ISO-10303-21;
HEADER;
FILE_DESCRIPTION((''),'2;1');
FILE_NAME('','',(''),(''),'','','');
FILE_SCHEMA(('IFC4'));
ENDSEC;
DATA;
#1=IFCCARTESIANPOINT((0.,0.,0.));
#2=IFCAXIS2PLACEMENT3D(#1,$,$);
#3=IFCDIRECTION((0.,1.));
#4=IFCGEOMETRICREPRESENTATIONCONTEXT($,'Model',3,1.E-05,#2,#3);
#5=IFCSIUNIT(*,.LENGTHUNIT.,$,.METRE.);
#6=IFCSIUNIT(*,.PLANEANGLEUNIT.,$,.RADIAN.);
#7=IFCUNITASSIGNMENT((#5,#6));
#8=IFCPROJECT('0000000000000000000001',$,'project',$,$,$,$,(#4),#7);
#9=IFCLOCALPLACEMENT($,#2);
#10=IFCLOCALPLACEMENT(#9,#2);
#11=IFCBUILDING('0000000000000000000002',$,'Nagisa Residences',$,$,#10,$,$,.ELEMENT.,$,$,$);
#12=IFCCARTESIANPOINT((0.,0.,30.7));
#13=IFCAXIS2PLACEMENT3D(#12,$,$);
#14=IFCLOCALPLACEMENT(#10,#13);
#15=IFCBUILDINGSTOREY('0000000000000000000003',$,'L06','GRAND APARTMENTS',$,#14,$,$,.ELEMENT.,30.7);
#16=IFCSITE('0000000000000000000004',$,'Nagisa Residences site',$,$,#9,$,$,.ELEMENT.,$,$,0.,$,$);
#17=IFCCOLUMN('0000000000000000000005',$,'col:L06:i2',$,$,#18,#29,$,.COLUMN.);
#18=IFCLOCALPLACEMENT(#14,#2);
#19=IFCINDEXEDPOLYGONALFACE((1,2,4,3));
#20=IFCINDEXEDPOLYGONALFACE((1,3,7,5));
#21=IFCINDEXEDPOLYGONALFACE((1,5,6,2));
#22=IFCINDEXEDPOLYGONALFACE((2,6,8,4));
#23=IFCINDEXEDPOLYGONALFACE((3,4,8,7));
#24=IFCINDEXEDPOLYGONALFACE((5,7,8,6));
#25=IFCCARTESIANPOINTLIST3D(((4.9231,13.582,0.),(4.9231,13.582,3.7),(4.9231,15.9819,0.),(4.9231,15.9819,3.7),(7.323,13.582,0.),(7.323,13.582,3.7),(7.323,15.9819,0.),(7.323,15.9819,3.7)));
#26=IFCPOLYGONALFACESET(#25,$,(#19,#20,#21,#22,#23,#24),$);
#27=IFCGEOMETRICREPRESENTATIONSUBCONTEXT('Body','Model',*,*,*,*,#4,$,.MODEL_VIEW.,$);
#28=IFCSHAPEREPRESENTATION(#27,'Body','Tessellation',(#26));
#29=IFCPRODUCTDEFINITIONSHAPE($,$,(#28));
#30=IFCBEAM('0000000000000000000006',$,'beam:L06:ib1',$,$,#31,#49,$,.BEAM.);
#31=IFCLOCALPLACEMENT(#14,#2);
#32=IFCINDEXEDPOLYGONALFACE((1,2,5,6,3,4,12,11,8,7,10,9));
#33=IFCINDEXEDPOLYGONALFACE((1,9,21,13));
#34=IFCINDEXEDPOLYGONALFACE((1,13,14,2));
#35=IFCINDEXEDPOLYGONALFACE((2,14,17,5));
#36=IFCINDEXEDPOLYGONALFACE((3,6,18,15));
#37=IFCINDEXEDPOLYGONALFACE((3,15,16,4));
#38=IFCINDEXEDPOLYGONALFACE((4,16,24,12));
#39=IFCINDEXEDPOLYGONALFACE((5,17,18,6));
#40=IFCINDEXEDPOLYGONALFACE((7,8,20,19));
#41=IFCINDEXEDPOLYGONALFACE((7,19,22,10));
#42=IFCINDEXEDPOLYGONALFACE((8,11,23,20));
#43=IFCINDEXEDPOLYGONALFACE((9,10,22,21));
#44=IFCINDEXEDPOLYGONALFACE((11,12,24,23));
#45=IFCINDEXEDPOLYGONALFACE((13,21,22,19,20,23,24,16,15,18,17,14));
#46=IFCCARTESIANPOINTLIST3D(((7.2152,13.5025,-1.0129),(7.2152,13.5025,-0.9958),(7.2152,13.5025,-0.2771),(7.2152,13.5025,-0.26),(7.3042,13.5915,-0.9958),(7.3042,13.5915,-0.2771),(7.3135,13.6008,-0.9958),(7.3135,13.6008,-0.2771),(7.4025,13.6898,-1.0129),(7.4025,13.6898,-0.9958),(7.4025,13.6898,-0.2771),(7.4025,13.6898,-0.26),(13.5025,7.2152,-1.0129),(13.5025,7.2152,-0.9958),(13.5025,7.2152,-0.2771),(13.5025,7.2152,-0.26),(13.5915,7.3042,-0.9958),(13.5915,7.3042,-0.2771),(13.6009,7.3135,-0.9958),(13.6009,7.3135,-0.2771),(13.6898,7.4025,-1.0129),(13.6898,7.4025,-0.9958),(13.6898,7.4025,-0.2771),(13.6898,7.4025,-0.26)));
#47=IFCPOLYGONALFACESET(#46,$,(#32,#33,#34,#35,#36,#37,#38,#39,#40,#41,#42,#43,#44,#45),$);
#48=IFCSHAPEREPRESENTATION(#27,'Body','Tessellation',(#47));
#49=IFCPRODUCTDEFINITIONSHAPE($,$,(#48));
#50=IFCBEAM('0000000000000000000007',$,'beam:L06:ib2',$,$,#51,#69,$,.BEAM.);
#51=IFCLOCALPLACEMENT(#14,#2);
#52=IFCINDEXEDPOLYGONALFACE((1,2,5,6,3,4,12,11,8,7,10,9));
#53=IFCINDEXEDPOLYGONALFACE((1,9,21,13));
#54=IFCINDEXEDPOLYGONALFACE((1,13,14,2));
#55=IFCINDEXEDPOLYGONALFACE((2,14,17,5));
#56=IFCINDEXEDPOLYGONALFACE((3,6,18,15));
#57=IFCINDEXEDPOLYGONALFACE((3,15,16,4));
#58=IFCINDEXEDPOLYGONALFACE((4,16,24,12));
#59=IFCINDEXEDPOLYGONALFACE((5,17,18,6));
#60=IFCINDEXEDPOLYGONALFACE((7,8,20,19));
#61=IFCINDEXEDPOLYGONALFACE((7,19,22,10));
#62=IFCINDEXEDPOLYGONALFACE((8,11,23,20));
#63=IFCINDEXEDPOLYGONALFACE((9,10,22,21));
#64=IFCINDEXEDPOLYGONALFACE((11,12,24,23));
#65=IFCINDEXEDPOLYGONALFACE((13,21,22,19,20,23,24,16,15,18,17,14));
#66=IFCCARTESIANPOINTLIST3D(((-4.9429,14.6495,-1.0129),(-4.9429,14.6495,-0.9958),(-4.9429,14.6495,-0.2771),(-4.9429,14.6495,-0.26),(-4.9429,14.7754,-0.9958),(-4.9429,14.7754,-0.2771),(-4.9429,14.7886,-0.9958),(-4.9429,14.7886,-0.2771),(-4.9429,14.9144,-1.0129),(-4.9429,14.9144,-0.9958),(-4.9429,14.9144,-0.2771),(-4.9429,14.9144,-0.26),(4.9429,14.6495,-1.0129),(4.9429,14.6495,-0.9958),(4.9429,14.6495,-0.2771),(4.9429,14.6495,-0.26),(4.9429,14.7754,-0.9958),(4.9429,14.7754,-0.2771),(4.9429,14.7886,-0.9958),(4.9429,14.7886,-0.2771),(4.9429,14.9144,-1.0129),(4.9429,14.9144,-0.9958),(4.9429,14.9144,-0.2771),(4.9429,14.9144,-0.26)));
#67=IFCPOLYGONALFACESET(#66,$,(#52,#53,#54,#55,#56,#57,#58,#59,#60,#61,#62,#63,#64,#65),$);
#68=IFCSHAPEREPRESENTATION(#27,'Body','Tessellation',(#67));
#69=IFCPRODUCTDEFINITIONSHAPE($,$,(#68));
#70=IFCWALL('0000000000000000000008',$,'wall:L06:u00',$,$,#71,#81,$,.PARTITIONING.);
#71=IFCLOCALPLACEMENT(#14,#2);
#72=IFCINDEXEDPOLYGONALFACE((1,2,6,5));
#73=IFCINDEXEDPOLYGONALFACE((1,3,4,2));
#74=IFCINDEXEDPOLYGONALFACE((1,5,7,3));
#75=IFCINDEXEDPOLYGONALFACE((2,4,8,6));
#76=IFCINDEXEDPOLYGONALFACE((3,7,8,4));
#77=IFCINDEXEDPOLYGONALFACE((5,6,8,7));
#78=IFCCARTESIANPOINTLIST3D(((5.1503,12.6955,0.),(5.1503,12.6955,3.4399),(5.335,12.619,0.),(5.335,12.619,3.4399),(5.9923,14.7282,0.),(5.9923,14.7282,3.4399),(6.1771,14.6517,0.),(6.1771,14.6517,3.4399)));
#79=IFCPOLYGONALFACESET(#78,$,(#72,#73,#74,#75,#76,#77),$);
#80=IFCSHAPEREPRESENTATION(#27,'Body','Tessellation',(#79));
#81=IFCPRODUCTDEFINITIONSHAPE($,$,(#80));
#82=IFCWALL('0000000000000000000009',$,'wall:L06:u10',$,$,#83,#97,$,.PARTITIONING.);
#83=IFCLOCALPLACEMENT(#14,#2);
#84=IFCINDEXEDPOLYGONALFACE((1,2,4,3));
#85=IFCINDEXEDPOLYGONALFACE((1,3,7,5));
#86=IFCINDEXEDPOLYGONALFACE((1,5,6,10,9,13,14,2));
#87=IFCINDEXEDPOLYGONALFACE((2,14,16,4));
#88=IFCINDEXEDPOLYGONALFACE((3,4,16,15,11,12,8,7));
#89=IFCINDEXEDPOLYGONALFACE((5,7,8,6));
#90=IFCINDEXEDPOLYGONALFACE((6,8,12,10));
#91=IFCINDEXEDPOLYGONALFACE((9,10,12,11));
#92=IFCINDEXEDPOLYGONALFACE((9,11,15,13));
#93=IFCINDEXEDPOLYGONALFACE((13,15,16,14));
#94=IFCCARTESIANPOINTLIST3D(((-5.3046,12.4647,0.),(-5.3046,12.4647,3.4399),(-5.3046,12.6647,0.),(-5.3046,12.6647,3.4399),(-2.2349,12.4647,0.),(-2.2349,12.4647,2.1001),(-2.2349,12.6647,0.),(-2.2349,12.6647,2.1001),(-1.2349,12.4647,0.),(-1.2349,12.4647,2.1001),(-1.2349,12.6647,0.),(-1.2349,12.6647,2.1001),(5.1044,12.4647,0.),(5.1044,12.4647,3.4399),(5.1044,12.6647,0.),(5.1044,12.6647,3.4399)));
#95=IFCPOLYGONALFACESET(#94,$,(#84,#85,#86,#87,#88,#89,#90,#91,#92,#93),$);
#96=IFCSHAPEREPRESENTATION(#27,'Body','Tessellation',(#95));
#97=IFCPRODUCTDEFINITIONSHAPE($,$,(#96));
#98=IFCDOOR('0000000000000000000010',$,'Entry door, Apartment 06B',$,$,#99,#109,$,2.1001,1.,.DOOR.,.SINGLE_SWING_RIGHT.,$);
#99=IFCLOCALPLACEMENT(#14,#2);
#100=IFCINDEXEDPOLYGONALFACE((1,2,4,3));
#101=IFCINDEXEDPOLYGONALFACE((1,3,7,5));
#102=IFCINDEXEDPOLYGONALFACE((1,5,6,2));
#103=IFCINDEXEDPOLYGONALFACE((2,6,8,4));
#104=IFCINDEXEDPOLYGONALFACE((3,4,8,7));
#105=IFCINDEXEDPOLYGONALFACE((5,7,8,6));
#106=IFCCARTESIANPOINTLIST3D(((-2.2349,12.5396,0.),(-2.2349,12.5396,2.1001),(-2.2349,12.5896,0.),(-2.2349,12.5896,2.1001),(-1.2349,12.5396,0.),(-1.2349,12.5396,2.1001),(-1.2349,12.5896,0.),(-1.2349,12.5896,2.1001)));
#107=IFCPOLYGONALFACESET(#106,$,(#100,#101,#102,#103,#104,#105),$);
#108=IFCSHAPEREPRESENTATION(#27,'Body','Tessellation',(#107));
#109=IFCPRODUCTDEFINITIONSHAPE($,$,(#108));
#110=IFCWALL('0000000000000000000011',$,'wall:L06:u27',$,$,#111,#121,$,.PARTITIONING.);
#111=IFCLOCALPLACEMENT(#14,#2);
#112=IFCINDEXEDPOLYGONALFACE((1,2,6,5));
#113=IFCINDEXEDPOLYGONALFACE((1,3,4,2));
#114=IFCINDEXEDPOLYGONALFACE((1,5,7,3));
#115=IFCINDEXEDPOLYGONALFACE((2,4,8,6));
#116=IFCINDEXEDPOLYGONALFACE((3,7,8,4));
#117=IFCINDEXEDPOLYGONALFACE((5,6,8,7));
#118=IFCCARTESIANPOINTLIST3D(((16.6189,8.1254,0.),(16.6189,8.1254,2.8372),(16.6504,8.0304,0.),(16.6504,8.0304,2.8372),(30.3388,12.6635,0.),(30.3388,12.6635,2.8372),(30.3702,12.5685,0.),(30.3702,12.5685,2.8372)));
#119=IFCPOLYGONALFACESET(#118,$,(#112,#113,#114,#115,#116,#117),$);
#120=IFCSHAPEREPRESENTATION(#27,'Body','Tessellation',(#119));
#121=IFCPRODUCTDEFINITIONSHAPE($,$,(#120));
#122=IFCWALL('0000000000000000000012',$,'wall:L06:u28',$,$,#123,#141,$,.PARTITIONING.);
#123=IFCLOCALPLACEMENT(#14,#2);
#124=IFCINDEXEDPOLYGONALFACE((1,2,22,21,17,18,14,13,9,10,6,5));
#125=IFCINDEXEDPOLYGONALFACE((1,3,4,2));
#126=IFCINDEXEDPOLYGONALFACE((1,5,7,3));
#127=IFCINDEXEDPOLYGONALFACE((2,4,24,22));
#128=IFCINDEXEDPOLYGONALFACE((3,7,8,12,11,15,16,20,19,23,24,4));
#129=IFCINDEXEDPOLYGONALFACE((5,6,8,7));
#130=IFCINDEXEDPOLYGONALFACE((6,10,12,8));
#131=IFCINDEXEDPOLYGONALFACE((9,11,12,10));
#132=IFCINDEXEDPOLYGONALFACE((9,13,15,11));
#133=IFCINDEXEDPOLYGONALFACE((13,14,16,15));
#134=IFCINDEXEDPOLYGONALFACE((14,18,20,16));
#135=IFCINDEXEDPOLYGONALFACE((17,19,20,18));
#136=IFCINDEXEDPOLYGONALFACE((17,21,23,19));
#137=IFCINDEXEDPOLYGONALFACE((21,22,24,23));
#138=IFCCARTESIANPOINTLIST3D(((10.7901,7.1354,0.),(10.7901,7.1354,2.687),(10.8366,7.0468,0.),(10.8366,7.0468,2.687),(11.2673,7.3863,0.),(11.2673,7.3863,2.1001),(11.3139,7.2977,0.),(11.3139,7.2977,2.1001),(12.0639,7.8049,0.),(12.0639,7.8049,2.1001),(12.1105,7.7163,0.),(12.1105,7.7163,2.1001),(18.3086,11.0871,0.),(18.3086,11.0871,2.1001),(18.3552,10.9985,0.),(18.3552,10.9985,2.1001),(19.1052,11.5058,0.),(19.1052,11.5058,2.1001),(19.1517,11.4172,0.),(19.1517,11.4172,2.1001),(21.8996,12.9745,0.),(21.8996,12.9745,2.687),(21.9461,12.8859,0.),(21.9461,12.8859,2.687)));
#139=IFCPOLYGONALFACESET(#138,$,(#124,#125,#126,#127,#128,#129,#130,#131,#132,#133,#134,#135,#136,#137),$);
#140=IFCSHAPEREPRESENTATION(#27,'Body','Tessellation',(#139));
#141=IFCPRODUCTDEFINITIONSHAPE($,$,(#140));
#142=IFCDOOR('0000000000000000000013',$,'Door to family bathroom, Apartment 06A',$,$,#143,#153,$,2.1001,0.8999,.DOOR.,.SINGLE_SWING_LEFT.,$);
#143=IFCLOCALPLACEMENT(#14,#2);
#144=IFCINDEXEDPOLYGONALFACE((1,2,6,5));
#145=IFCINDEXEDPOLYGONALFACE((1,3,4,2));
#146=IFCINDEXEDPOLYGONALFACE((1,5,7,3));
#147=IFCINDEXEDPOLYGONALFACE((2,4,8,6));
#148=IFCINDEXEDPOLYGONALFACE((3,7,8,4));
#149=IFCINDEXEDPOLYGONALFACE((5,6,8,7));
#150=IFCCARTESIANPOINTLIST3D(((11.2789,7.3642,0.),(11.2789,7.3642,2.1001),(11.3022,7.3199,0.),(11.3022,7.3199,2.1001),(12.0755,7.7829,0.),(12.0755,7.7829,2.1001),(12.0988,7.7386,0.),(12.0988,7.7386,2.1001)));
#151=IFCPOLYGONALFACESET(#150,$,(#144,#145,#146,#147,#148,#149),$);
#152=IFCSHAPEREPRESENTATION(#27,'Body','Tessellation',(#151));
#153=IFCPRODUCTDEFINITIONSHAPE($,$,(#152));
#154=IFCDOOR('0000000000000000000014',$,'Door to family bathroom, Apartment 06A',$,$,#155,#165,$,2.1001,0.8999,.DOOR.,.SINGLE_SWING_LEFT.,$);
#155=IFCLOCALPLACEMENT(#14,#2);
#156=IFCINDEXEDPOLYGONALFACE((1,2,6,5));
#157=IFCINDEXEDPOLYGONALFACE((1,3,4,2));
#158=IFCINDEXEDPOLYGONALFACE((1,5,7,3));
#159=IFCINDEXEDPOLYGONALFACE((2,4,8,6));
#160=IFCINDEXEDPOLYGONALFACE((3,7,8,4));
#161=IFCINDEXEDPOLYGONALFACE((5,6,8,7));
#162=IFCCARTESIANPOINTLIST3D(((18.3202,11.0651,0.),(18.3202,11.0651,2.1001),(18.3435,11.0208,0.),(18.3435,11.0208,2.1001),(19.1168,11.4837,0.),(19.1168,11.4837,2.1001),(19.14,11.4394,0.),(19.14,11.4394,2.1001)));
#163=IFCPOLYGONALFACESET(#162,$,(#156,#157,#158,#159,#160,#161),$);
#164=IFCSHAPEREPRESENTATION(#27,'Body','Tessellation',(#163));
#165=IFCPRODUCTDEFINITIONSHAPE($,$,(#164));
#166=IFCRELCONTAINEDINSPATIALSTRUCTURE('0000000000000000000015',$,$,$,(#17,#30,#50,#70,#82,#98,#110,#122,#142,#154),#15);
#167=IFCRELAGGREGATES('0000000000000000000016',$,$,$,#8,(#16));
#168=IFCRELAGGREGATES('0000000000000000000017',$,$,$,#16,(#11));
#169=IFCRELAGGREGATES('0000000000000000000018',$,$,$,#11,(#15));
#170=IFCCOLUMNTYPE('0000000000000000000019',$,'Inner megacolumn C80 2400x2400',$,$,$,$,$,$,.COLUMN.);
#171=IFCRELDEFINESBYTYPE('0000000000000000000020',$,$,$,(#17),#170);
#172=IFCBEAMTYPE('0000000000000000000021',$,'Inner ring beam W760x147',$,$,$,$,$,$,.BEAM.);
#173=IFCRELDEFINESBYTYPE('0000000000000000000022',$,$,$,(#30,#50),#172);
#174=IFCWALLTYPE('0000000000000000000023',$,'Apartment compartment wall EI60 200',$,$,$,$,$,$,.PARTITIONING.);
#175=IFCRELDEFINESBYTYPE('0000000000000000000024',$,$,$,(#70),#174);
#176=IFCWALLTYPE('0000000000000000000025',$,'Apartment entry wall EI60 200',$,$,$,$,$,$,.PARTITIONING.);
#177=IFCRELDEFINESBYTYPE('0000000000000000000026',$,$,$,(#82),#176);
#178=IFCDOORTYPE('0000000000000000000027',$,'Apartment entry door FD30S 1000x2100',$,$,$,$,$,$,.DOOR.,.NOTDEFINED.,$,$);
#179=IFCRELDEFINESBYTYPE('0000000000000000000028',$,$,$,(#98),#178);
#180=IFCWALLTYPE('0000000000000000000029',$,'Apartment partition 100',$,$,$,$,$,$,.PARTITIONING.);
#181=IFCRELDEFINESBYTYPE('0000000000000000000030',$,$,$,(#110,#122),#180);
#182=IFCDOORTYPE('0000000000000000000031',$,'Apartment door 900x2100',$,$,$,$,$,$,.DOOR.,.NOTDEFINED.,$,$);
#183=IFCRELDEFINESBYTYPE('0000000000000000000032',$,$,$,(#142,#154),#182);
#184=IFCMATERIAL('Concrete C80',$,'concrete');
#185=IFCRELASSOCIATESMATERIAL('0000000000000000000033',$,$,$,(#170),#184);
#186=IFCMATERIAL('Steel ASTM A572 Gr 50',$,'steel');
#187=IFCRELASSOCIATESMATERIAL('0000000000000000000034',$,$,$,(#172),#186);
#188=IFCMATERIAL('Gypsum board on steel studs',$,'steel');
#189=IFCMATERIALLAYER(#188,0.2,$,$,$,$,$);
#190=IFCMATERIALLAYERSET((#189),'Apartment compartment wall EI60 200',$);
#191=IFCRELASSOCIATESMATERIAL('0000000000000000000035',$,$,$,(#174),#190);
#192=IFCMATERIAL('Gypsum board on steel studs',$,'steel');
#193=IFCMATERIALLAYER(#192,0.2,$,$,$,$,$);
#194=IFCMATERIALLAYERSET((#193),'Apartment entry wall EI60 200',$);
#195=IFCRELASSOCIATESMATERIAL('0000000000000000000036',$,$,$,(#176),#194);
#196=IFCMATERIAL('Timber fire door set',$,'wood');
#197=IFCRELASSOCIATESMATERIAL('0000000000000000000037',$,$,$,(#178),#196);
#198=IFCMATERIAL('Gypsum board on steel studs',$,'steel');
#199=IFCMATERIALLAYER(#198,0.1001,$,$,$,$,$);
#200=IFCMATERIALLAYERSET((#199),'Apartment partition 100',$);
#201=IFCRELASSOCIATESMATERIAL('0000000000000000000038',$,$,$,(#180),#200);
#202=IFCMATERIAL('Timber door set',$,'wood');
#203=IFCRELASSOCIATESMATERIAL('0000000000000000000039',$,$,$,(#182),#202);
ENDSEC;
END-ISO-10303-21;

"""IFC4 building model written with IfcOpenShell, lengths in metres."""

from ifc_helpers import new_model, si_unit, direction, frame, frame_2d, origin, origin_2d, place, context, subcontext, project, spatial, rectangle, i_section, extrude, material, layer, layer_set, material_profile, profile_set, type_object, element, fill, save


model = new_model("IFC4")

# Units and contexts
model_context = context("Model", 3, precision=1e-05, world=origin(), true_north=direction((0.0, 1.0)))
body_context = subcontext(model_context, "Body", "Model", "MODEL_VIEW")
ifc_project = project(units=[si_unit("LENGTHUNIT", "METRE"), si_unit("PLANEANGLEUNIT", "RADIAN")], contexts=[model_context])

# Site, building, storey
site_placement = place(None, origin())
site = spatial("IfcSite", under=ifc_project, at=site_placement, Name="Nagisa Residences site", CompositionType="ELEMENT", RefElevation=0.0)
building_placement = place(site_placement, origin())
building = spatial("IfcBuilding", under=site, at=building_placement, Name="Nagisa Residences", CompositionType="ELEMENT")
storey_placement = place(building_placement, frame((0.0, 0.0, 30.7)))
storey = spatial("IfcBuildingStorey", under=building, at=storey_placement, Name="L06", Description="GRAND APARTMENTS", CompositionType="ELEMENT", Elevation=30.7)

# Column
ifc_material_1 = material(Name="Concrete C80", Category="concrete")
ifc_material_profile_1 = material_profile(ifc_material_1, rectangle(XDim=2.3999, YDim=2.3999, at=origin_2d()), Name="C80 2400x2400")
ifc_profile_set_1 = profile_set([ifc_material_profile_1], Name="Concrete C80")
column_type = type_object("IfcColumnType", Name="Inner megacolumn C80 2400x2400", PredefinedType="COLUMN", material=ifc_profile_set_1)
column_placement = place(storey_placement, frame((6.123, 14.782, 0.0), z_axis=(0.0, 0.0, 1.0), x_axis=(1.0, 0.0, 0.0)))
element("IfcColumn", 1, at=column_placement, inside=storey, type_object=column_type, Name="col:L06:i2", PredefinedType="COLUMN", context=body_context, shape_type="SweptSolid", body=[
    extrude(rectangle(XDim=2.3999, YDim=2.3999, at=origin_2d()), origin(), (0.0, 0.0, 1.0), 3.7),
])

# Beams
ifc_material_2 = material(Name="Steel ASTM A572 Gr 50", Category="steel")
ifc_material_profile_2 = material_profile(ifc_material_2, i_section(OverallWidth=0.2649, OverallDepth=0.7529, WebThickness=0.0132, FlangeThickness=0.0171, at=origin_2d()), Name="W760x147")
ifc_profile_set_2 = profile_set([ifc_material_profile_2], Name="Steel ASTM A572 Gr 50")
beam_type = type_object("IfcBeamType", Name="Inner ring beam W760x147", PredefinedType="BEAM", material=ifc_profile_set_2)
beam_1_placement = place(storey_placement, frame((13.5962, 7.3088, -0.6365), z_axis=(-0.707107, 0.707107, 0.0), x_axis=(-0.707107, -0.707107, 0.0)))
element("IfcBeam", 2, at=beam_1_placement, inside=storey, type_object=beam_type, Name="beam:L06:ib1", PredefinedType="BEAM", context=body_context, shape_type="SweptSolid", body=[
    extrude(i_section(OverallWidth=0.2649, OverallDepth=0.7529, WebThickness=0.0132, FlangeThickness=0.0171, at=origin_2d()), origin(), (0.0, 0.0, 1.0), 8.8916),
])
beam_2_placement = place(storey_placement, frame((4.9429, 14.782, -0.6365), z_axis=(-1.0, 0.0, 0.0), x_axis=(0.0, -1.0, 0.0)))
element("IfcBeam", 3, at=beam_2_placement, inside=storey, type_object=beam_type, Name="beam:L06:ib2", PredefinedType="BEAM", context=body_context, shape_type="SweptSolid", body=[
    extrude(i_section(OverallWidth=0.2649, OverallDepth=0.7529, WebThickness=0.0132, FlangeThickness=0.0171, at=origin_2d()), origin(), (0.0, 0.0, 1.0), 9.8857),
])

# Wall
ifc_material_3 = material(Name="Gypsum board on steel studs", Category="steel")
ifc_layer_1 = layer(ifc_material_3, 0.2)
ifc_layer_set_1 = layer_set([ifc_layer_1], Name="Apartment compartment wall EI60 200")
wall_type_1 = type_object("IfcWallType", Name="Apartment compartment wall EI60 200", PredefinedType="PARTITIONING", material=ifc_layer_set_1)
wall_1_placement = place(storey_placement, frame((5.2427, 12.6572, 0.0), z_axis=(0.0, 0.0, 1.0), x_axis=(0.382708, 0.923869, 0.0)))
element("IfcWall", 4, at=wall_1_placement, inside=storey, type_object=wall_type_1, Name="wall:L06:u00", PredefinedType="PARTITIONING", context=body_context, shape_type="SweptSolid", body=[
    extrude(rectangle(XDim=2.2002, YDim=0.2, at=frame_2d((1.1001, 0.0))), origin(), (0.0, 0.0, 1.0), 3.4399),
])

# Wall, opening, door
ifc_material_4 = material(Name="Gypsum board on steel studs", Category="steel")
ifc_layer_2 = layer(ifc_material_4, 0.2)
ifc_layer_set_2 = layer_set([ifc_layer_2], Name="Apartment entry wall EI60 200")
wall_type_2 = type_object("IfcWallType", Name="Apartment entry wall EI60 200", PredefinedType="PARTITIONING", material=ifc_layer_set_2)
wall_2_placement = place(storey_placement, frame((5.1045, 12.5647, 0.0), z_axis=(0.0, 0.0, 1.0), x_axis=(-1.0, 0.0, 0.0)))
wall_2 = element("IfcWall", 5, at=wall_2_placement, inside=storey, type_object=wall_type_2, Name="wall:L06:u10", PredefinedType="PARTITIONING", context=body_context, shape_type="SweptSolid", body=[
    extrude(rectangle(XDim=10.4089, YDim=0.2, at=frame_2d((5.2046, 0.0))), origin(), (0.0, 0.0, 1.0), 3.4399),
])
opening_1_placement = place(wall_2_placement, frame((6.3394, 0.0, 0.0)))
opening_1 = element("IfcOpeningElement", 6, at=opening_1_placement, cuts=wall_2, PredefinedType="OPENING", context=body_context, shape_type="SweptSolid", body=[
    extrude(rectangle(XDim=1.0, YDim=2.1001, at=frame_2d((0.5, 1.05))), frame((0.0, 0.1099, 0.0), z_axis=(0.0, -1.0, 0.0), x_axis=(1.0, 0.0, 0.0)), (0.0, 0.0, 1.0), 0.22),
])
ifc_material_5 = material(Name="Timber fire door set", Category="wood")
door_type_1 = type_object("IfcDoorType", Name="Apartment entry door FD30S 1000x2100", OperationType="NOTDEFINED", PredefinedType="DOOR", material=ifc_material_5)
door_1_placement = place(opening_1_placement, frame((1.0, 0.0, 0.0), x_axis=(-1.0, 0.0, 0.0)))
door_1 = element("IfcDoor", 7, at=door_1_placement, inside=storey, type_object=door_type_1, Name="Entry door, Apartment 06B", OperationType="SINGLE_SWING_RIGHT", OverallHeight=2.1001, OverallWidth=1.0, PredefinedType="DOOR", context=body_context, shape_type="SweptSolid", body=[
    extrude(rectangle(XDim=1.0, YDim=2.1001, at=frame_2d((0.5, 1.05))), frame((0.0, 0.0249, 0.0), z_axis=(0.0, -1.0, 0.0), x_axis=(1.0, 0.0, 0.0)), (0.0, 0.0, 1.0), 0.05),
])
fill(opening_1, door_1)

# Wall
ifc_material_6 = material(Name="Gypsum board on steel studs", Category="steel")
ifc_layer_3 = layer(ifc_material_6, 0.1001)
ifc_layer_set_3 = layer_set([ifc_layer_3], Name="Apartment partition 100")
wall_type_3 = type_object("IfcWallType", Name="Apartment partition 100", PredefinedType="PARTITIONING", material=ifc_layer_set_3)
wall_3_placement = place(storey_placement, frame((16.6345, 8.0779, 0.0), z_axis=(0.0, 0.0, 1.0), x_axis=(0.949412, 0.314032, 0.0)))
element("IfcWall", 8, at=wall_3_placement, inside=storey, type_object=wall_type_3, Name="wall:L06:u27", PredefinedType="PARTITIONING", context=body_context, shape_type="SweptSolid", body=[
    extrude(rectangle(XDim=14.4509, YDim=0.1001, at=frame_2d((7.2256, 0.0))), origin(), (0.0, 0.0, 1.0), 2.8372),
])

# Wall, openings, doors
wall_4_placement = place(storey_placement, frame((10.8132, 7.0911, 0.0), z_axis=(0.0, 0.0, 1.0), x_axis=(0.885183, 0.465244, 0.0)))
wall_4 = element("IfcWall", 9, at=wall_4_placement, inside=storey, type_object=wall_type_3, Name="wall:L06:u28", PredefinedType="PARTITIONING", context=body_context, shape_type="SweptSolid", body=[
    extrude(rectangle(XDim=12.5505, YDim=0.1001, at=frame_2d((6.2754, 0.0))), origin(), (0.0, 0.0, 1.0), 2.687),
])
opening_2_placement = place(wall_4_placement, frame((0.5393, 0.0, 0.0)))
opening_2 = element("IfcOpeningElement", 10, at=opening_2_placement, cuts=wall_4, PredefinedType="OPENING", context=body_context, shape_type="SweptSolid", body=[
    extrude(rectangle(XDim=0.8999, YDim=2.1001, at=frame_2d((0.45, 1.05))), frame((0.0, 0.0601, 0.0), z_axis=(0.0, -1.0, 0.0), x_axis=(1.0, 0.0, 0.0)), (0.0, 0.0, 1.0), 0.1201),
])
opening_3_placement = place(wall_4_placement, frame((8.4939, 0.0, 0.0)))
opening_3 = element("IfcOpeningElement", 11, at=opening_3_placement, cuts=wall_4, PredefinedType="OPENING", context=body_context, shape_type="SweptSolid", body=[
    extrude(rectangle(XDim=0.8999, YDim=2.1001, at=frame_2d((0.45, 1.05))), frame((0.0, 0.0601, 0.0), z_axis=(0.0, -1.0, 0.0), x_axis=(1.0, 0.0, 0.0)), (0.0, 0.0, 1.0), 0.1201),
])
ifc_material_7 = material(Name="Timber door set", Category="wood")
door_type_2 = type_object("IfcDoorType", Name="Apartment door 900x2100", OperationType="NOTDEFINED", PredefinedType="DOOR", material=ifc_material_7)
door_2_placement = place(opening_2_placement, frame((0.8999, 0.0, 0.0), x_axis=(-1.0, 0.0, 0.0)))
door_2 = element("IfcDoor", 12, at=door_2_placement, inside=storey, type_object=door_type_2, Name="Door to family bathroom, Apartment 06A", OperationType="SINGLE_SWING_LEFT", OverallHeight=2.1001, OverallWidth=0.8999, PredefinedType="DOOR", context=body_context, shape_type="SweptSolid", body=[
    extrude(rectangle(XDim=0.8999, YDim=2.1001, at=frame_2d((0.45, 1.05))), frame((0.0, 0.0249, 0.0), z_axis=(0.0, -1.0, 0.0), x_axis=(1.0, 0.0, 0.0)), (0.0, 0.0, 1.0), 0.05),
])
fill(opening_2, door_2)
door_3_placement = place(opening_3_placement, frame((0.8999, 0.0, 0.0), x_axis=(-1.0, 0.0, 0.0)))
door_3 = element("IfcDoor", 13, at=door_3_placement, inside=storey, type_object=door_type_2, Name="Door to family bathroom, Apartment 06A", OperationType="SINGLE_SWING_LEFT", OverallHeight=2.1001, OverallWidth=0.8999, PredefinedType="DOOR", context=body_context, shape_type="SweptSolid", body=[
    extrude(rectangle(XDim=0.8999, YDim=2.1001, at=frame_2d((0.45, 1.05))), frame((0.0, 0.0249, 0.0), z_axis=(0.0, -1.0, 0.0), x_axis=(1.0, 0.0, 0.0)), (0.0, 0.0, 1.0), 0.05),
])
fill(opening_3, door_3)

save(model, "model.ifc")
